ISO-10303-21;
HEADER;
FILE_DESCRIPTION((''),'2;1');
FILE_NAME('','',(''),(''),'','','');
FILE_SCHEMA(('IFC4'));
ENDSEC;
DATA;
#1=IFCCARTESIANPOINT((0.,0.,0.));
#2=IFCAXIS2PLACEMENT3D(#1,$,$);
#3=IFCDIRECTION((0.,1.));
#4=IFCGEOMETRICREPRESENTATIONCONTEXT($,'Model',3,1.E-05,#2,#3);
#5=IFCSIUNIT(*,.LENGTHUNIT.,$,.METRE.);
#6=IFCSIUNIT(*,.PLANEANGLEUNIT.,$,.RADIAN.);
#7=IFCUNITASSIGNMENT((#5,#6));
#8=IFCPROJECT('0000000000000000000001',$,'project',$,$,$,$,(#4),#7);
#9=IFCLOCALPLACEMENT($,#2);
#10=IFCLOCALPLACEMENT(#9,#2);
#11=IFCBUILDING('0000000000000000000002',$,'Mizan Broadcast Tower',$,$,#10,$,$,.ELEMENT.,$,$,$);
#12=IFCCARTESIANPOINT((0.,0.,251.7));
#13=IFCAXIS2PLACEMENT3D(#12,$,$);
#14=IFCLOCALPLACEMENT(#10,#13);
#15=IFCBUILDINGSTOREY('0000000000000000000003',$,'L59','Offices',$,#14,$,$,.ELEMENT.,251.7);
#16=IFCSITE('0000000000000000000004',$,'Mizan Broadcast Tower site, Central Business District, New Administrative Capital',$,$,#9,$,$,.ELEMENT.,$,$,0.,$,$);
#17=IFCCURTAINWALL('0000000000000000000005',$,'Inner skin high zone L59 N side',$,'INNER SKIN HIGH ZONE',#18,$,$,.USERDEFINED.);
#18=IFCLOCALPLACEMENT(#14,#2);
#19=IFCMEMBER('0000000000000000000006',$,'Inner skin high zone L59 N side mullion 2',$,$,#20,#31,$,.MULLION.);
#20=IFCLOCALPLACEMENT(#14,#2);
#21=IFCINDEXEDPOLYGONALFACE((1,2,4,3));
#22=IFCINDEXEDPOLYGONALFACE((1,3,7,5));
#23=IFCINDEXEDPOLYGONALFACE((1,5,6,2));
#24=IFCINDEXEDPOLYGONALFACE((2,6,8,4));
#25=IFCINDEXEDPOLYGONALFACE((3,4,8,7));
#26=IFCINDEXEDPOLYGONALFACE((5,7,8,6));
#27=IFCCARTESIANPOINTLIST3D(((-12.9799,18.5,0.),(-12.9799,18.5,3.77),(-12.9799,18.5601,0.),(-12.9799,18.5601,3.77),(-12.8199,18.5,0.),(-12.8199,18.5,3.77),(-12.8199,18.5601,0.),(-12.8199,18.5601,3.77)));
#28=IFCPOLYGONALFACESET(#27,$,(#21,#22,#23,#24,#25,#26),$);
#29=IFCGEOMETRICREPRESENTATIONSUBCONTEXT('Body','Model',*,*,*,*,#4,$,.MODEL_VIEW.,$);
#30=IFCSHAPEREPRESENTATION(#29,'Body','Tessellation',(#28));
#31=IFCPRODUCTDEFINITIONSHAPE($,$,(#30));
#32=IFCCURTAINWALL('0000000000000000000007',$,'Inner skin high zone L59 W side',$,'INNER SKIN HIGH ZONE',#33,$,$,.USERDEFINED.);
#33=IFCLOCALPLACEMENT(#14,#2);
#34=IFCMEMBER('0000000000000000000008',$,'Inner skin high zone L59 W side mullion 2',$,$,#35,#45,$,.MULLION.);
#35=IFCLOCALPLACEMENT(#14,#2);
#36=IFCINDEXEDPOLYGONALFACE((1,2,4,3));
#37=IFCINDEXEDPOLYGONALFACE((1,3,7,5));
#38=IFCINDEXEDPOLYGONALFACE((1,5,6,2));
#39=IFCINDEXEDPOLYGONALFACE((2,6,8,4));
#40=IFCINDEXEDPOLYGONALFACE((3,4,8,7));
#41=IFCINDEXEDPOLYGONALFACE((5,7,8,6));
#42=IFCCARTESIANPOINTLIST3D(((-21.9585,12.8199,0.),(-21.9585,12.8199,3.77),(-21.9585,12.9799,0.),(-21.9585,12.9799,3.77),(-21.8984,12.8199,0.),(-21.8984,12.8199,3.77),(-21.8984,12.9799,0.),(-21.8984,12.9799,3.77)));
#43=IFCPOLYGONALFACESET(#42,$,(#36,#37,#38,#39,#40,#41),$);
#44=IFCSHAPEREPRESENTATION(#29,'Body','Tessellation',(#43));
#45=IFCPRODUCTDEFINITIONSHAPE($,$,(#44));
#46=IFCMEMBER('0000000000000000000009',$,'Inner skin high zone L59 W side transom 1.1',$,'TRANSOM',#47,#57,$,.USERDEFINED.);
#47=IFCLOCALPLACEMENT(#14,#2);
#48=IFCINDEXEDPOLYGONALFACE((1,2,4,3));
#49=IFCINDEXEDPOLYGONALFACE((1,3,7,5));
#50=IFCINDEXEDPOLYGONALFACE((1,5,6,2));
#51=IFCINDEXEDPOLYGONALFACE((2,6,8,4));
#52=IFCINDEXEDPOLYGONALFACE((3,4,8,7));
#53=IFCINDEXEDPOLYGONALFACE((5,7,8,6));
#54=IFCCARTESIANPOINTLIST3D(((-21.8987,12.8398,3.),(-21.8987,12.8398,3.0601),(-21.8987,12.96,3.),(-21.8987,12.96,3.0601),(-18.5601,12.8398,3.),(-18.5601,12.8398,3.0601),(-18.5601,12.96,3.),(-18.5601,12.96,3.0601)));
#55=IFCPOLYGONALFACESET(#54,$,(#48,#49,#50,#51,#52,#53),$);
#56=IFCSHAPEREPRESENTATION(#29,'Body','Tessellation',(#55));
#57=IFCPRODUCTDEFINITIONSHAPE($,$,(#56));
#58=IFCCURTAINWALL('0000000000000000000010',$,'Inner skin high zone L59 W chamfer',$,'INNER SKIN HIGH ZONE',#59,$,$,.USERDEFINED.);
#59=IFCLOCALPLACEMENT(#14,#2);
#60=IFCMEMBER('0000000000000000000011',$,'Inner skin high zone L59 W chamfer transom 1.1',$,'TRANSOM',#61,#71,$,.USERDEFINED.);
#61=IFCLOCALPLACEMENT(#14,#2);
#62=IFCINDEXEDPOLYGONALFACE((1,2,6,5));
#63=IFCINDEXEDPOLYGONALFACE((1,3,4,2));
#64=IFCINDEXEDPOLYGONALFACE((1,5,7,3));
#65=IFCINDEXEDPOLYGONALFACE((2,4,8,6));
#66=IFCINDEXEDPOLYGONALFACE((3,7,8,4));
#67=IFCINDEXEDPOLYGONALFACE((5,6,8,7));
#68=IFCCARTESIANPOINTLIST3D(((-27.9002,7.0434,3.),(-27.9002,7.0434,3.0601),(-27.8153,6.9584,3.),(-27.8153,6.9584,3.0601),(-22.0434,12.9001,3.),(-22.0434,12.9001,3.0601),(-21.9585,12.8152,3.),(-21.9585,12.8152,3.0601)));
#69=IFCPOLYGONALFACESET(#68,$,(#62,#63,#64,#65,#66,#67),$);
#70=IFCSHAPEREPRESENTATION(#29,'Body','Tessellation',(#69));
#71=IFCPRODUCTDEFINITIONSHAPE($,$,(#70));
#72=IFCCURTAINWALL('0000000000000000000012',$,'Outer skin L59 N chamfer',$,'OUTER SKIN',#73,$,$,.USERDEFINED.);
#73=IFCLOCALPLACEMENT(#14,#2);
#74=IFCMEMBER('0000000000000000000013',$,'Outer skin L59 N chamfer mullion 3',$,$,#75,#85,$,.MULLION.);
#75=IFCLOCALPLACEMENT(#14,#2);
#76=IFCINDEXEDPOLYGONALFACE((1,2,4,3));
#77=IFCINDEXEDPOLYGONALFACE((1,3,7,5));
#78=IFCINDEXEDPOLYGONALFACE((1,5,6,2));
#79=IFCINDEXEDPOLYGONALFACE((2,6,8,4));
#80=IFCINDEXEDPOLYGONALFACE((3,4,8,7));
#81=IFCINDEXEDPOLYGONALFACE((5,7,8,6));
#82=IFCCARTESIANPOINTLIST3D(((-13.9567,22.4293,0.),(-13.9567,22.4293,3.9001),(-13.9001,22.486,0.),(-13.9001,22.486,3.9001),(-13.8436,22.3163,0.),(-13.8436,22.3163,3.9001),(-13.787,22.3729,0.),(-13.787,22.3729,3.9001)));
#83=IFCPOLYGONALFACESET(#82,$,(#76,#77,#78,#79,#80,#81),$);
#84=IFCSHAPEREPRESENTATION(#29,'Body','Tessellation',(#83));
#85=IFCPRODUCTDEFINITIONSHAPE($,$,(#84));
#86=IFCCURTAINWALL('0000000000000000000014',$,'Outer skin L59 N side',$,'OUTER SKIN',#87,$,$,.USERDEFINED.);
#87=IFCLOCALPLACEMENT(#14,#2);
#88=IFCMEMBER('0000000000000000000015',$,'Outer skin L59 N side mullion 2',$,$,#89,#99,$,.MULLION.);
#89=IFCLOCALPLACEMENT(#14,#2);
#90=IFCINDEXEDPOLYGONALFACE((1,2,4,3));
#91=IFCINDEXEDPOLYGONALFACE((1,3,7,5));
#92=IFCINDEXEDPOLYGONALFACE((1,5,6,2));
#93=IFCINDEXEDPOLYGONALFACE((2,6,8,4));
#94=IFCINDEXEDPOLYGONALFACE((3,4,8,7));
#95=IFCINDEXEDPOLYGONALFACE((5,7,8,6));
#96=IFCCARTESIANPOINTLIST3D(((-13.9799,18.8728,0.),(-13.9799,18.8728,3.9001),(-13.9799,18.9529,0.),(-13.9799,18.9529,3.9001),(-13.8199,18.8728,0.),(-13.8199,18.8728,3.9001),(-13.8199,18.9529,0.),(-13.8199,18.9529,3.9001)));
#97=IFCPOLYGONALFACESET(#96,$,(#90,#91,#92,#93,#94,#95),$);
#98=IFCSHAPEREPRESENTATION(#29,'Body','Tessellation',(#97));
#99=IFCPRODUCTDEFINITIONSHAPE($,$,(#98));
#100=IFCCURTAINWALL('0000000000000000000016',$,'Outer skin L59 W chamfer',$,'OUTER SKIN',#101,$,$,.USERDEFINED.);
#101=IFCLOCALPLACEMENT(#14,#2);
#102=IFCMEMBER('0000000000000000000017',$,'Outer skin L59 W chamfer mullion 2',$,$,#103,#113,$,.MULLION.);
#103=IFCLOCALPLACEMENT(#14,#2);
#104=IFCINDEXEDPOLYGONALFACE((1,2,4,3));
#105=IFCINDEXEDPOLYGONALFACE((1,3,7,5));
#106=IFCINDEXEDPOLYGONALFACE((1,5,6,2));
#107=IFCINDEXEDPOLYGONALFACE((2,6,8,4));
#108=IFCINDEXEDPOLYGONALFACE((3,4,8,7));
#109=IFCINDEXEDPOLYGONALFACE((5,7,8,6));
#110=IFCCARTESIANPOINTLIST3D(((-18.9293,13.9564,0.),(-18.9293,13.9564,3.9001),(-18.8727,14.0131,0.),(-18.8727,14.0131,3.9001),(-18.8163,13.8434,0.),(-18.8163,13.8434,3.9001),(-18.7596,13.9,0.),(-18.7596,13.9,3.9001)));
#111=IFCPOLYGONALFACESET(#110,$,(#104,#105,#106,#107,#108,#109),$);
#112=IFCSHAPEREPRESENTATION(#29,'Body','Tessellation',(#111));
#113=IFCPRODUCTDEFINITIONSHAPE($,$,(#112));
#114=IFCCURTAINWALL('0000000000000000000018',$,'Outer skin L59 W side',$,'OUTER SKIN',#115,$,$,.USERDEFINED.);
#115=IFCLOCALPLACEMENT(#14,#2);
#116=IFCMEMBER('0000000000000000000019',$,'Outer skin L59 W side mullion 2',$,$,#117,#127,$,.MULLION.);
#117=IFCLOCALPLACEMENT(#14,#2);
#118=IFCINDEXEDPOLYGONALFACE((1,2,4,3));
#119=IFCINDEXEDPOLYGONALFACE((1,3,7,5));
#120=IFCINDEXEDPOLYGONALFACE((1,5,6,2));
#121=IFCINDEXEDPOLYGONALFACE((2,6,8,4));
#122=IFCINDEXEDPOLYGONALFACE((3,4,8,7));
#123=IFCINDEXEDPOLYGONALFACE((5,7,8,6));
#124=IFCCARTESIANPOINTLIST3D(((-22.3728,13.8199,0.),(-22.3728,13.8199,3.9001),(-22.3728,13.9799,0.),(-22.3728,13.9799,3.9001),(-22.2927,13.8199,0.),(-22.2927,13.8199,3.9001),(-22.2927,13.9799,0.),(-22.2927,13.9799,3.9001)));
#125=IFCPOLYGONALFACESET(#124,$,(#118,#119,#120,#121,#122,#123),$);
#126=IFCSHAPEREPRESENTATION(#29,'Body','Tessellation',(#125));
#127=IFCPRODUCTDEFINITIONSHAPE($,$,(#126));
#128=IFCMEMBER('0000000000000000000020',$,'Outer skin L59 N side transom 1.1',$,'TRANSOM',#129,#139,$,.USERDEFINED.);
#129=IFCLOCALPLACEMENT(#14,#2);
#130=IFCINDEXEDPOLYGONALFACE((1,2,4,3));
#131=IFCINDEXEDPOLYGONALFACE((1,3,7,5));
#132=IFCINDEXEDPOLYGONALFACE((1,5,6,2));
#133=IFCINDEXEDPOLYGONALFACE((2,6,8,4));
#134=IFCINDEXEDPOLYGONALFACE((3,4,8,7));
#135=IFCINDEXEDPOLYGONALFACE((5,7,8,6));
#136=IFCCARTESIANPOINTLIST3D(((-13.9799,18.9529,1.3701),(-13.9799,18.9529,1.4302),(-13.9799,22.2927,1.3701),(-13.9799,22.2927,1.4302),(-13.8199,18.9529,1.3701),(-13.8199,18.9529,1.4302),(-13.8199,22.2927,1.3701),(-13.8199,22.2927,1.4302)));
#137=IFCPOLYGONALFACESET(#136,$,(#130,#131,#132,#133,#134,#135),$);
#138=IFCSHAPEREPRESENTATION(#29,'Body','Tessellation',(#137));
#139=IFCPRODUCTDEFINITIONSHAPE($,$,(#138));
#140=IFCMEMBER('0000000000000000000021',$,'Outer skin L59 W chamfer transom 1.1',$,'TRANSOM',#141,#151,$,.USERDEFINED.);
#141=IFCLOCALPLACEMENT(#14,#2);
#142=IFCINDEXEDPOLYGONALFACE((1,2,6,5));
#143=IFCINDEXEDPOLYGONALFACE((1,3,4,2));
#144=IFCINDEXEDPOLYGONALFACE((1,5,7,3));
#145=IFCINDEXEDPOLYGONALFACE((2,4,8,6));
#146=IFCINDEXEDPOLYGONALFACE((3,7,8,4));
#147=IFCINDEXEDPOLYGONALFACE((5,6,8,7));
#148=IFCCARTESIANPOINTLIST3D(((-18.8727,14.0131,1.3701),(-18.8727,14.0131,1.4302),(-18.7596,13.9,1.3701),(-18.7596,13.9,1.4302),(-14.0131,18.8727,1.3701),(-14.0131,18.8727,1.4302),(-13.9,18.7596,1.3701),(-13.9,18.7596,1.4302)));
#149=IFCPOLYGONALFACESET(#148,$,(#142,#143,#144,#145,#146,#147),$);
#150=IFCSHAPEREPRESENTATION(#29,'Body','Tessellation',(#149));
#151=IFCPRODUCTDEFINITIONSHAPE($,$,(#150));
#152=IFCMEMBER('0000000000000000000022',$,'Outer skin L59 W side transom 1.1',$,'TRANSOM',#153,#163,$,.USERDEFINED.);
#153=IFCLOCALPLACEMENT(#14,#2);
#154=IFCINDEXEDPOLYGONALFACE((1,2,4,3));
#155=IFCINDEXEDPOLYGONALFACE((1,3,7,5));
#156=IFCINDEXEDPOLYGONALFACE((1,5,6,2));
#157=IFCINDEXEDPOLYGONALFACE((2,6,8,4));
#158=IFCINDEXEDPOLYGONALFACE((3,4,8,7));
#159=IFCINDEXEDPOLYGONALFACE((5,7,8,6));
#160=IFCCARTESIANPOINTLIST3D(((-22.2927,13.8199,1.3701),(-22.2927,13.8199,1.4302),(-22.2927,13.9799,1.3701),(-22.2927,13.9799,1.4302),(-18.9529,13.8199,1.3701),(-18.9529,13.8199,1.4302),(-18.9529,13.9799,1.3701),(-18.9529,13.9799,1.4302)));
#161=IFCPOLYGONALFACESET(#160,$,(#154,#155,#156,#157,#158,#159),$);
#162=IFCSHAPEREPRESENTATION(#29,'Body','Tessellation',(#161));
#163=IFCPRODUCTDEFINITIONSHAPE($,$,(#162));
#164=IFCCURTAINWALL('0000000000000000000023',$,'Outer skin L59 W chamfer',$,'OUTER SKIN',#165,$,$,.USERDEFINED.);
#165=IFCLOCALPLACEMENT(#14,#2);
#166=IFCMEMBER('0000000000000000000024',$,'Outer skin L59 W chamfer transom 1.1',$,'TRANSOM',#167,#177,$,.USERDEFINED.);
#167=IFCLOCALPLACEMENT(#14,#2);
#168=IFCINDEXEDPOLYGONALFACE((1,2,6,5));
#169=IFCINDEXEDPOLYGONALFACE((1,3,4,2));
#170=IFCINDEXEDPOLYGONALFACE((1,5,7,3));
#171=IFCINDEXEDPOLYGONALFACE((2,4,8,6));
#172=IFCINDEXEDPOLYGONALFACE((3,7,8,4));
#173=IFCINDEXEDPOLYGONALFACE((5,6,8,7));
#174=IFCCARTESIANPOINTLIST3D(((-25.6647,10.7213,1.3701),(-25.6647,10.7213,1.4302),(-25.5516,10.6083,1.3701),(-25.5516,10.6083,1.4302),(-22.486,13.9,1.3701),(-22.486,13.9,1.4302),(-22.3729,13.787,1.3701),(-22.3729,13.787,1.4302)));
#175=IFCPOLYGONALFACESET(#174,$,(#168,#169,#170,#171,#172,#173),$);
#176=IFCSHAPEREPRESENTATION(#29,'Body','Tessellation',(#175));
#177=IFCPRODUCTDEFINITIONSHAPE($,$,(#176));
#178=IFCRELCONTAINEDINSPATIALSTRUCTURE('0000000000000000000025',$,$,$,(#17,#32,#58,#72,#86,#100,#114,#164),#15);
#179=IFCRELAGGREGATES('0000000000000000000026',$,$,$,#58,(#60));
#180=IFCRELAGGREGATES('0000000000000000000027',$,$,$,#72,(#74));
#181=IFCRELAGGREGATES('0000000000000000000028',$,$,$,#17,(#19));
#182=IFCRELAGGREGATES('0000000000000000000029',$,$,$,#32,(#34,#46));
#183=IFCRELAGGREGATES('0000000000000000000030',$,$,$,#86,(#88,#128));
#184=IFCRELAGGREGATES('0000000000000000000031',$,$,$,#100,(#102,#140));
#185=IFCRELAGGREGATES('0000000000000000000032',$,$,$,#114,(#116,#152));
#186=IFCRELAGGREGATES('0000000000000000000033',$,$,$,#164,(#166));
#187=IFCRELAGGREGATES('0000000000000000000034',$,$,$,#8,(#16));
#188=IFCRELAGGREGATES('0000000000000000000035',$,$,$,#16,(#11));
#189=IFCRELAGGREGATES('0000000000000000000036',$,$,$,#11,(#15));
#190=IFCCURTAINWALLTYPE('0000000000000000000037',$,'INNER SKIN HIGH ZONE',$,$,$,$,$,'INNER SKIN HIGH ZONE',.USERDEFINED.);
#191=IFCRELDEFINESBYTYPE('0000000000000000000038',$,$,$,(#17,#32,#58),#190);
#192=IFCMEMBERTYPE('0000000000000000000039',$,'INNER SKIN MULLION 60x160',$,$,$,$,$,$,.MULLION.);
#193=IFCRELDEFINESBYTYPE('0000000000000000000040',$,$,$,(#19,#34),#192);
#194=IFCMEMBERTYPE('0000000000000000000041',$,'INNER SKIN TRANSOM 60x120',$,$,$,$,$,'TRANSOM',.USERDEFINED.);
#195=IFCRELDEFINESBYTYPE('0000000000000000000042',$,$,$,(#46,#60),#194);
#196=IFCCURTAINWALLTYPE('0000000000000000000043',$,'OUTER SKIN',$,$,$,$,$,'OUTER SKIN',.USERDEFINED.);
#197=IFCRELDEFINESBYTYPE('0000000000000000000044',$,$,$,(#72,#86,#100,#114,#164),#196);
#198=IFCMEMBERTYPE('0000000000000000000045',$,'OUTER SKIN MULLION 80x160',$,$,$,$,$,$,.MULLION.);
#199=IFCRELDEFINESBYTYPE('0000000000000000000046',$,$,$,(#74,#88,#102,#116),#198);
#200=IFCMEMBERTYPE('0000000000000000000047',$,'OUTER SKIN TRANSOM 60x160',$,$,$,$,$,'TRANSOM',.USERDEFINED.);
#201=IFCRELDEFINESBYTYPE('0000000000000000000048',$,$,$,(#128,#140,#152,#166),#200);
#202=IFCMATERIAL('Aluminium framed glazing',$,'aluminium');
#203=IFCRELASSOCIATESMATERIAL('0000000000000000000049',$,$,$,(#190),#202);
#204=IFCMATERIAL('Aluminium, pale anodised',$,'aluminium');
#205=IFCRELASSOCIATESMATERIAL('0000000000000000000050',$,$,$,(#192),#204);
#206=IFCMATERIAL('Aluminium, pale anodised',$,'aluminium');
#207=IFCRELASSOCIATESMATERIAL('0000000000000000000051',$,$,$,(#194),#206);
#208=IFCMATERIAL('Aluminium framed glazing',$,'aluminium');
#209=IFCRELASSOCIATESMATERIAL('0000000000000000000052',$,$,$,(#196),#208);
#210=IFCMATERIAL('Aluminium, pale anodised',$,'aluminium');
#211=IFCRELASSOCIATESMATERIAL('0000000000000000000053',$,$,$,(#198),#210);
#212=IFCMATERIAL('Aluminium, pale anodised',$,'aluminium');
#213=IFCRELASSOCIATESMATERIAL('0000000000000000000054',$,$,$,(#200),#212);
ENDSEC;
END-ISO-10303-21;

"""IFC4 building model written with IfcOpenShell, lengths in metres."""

from ifc_helpers import new_model, si_unit, direction, frame, origin, origin_2d, place, context, subcontext, project, spatial, rectangle, extrude, material, material_profile, profile_set, type_object, element, aggregate, save


model = new_model("IFC4")

# Units and contexts
model_context = context("Model", 3, precision=1e-05, world=origin(), true_north=direction((0.0, 1.0)))
body_context = subcontext(model_context, "Body", "Model", "MODEL_VIEW")
ifc_project = project(units=[si_unit("LENGTHUNIT", "METRE"), si_unit("PLANEANGLEUNIT", "RADIAN")], contexts=[model_context])

# Site, building, storey
site_placement = place(None, origin())
site = spatial("IfcSite", under=ifc_project, at=site_placement, Name="Mizan Broadcast Tower site, Central Business District, New Administrative Capital", CompositionType="ELEMENT", RefElevation=0.0)
building_placement = place(site_placement, origin())
building = spatial("IfcBuilding", under=site, at=building_placement, Name="Mizan Broadcast Tower", CompositionType="ELEMENT")
storey_placement = place(building_placement, frame((0.0, 0.0, 251.7)))
storey = spatial("IfcBuildingStorey", under=building, at=storey_placement, Name="L59", Description="Offices", CompositionType="ELEMENT", Elevation=251.7)

# Curtain wall, member
ifc_material_1 = material(Name="Aluminium framed glazing", Category="aluminium")
curtain_wall_type_1 = type_object("IfcCurtainWallType", Name="INNER SKIN HIGH ZONE", ElementType="INNER SKIN HIGH ZONE", PredefinedType="USERDEFINED", material=ifc_material_1)
curtain_wall_1_placement = place(storey_placement, origin())
curtain_wall_1 = element("IfcCurtainWall", 1, at=curtain_wall_1_placement, inside=storey, type_object=curtain_wall_type_1, Name="Inner skin high zone L59 N side", ObjectType="INNER SKIN HIGH ZONE", PredefinedType="USERDEFINED")
ifc_material_2 = material(Name="Aluminium, pale anodised", Category="aluminium")
ifc_material_profile_1 = material_profile(ifc_material_2, rectangle(XDim=0.1599, YDim=0.0601, at=origin_2d()), Name="MULLION 160x60")
ifc_profile_set_1 = profile_set([ifc_material_profile_1], Name="Aluminium, pale anodised")
member_type_1 = type_object("IfcMemberType", Name="INNER SKIN MULLION 60x160", PredefinedType="MULLION", material=ifc_profile_set_1)
member_1_placement = place(storey_placement, frame((-12.8999, 18.53, 0.0), z_axis=(0.0, 0.0, 1.0), x_axis=(1.0, 0.0, 0.0)))
member_1 = element("IfcMember", 2, at=member_1_placement, type_object=member_type_1, Name="Inner skin high zone L59 N side mullion 2", PredefinedType="MULLION", context=body_context, shape_type="SweptSolid", body=[
    extrude(rectangle(XDim=0.1599, YDim=0.0601, at=origin_2d()), origin(), (0.0, 0.0, 1.0), 3.77),
])

# Curtain wall, members
curtain_wall_2_placement = place(storey_placement, origin())
curtain_wall_2 = element("IfcCurtainWall", 3, at=curtain_wall_2_placement, inside=storey, type_object=curtain_wall_type_1, Name="Inner skin high zone L59 W side", ObjectType="INNER SKIN HIGH ZONE", PredefinedType="USERDEFINED")
member_2_placement = place(storey_placement, frame((-21.9285, 12.8999, 0.0), z_axis=(0.0, 0.0, 1.0), x_axis=(0.0, -1.0, 0.0)))
member_2 = element("IfcMember", 4, at=member_2_placement, type_object=member_type_1, Name="Inner skin high zone L59 W side mullion 2", PredefinedType="MULLION", context=body_context, shape_type="SweptSolid", body=[
    extrude(rectangle(XDim=0.1599, YDim=0.0601, at=origin_2d()), origin(), (0.0, 0.0, 1.0), 3.77),
])
ifc_material_3 = material(Name="Aluminium, pale anodised", Category="aluminium")
ifc_material_profile_2 = material_profile(ifc_material_3, rectangle(XDim=0.1201, YDim=0.0601, at=origin_2d()), Name="TRANSOM 120x60")
ifc_profile_set_2 = profile_set([ifc_material_profile_2], Name="Aluminium, pale anodised")
member_type_2 = type_object("IfcMemberType", Name="INNER SKIN TRANSOM 60x120", ElementType="TRANSOM", PredefinedType="USERDEFINED", material=ifc_profile_set_2)
member_3_placement = place(storey_placement, frame((-18.5601, 12.8999, 3.03), z_axis=(-1.0, 0.0, 0.0), x_axis=(0.0, -1.0, 0.0)))
member_3 = element("IfcMember", 5, at=member_3_placement, type_object=member_type_2, Name="Inner skin high zone L59 W side transom 1.1", ObjectType="TRANSOM", PredefinedType="USERDEFINED", context=body_context, shape_type="SweptSolid", body=[
    extrude(rectangle(XDim=0.1201, YDim=0.0601, at=origin_2d()), origin(), (0.0, 0.0, 1.0), 3.3386),
])

# Curtain walls, members
curtain_wall_3_placement = place(storey_placement, origin())
curtain_wall_3 = element("IfcCurtainWall", 6, at=curtain_wall_3_placement, inside=storey, type_object=curtain_wall_type_1, Name="Inner skin high zone L59 W chamfer", ObjectType="INNER SKIN HIGH ZONE", PredefinedType="USERDEFINED")
member_4_placement = place(storey_placement, frame((-22.001, 12.8577, 3.03), z_axis=(-0.707107, -0.707107, 0.0), x_axis=(0.707107, -0.707107, 0.0)))
member_4 = element("IfcMember", 7, at=member_4_placement, type_object=member_type_2, Name="Inner skin high zone L59 W chamfer transom 1.1", ObjectType="TRANSOM", PredefinedType="USERDEFINED", context=body_context, shape_type="SweptSolid", body=[
    extrude(rectangle(XDim=0.1201, YDim=0.0601, at=origin_2d()), origin(), (0.0, 0.0, 1.0), 8.2827),
])
aggregate(curtain_wall_3, [member_4])
ifc_material_4 = material(Name="Aluminium framed glazing", Category="aluminium")
curtain_wall_type_2 = type_object("IfcCurtainWallType", Name="OUTER SKIN", ElementType="OUTER SKIN", PredefinedType="USERDEFINED", material=ifc_material_4)
curtain_wall_4_placement = place(storey_placement, origin())
curtain_wall_4 = element("IfcCurtainWall", 8, at=curtain_wall_4_placement, inside=storey, type_object=curtain_wall_type_2, Name="Outer skin L59 N chamfer", ObjectType="OUTER SKIN", PredefinedType="USERDEFINED")
ifc_material_5 = material(Name="Aluminium, pale anodised", Category="aluminium")
ifc_material_profile_3 = material_profile(ifc_material_5, rectangle(XDim=0.1599, YDim=0.0801, at=origin_2d()), Name="MULLION 160x80")
ifc_profile_set_3 = profile_set([ifc_material_profile_3], Name="Aluminium, pale anodised")
member_type_3 = type_object("IfcMemberType", Name="OUTER SKIN MULLION 80x160", PredefinedType="MULLION", material=ifc_profile_set_3)
member_5_placement = place(storey_placement, frame((-13.8718, 22.4011, 0.0), z_axis=(0.0, 0.0, 1.0), x_axis=(0.707107, -0.707107, 0.0)))
member_5 = element("IfcMember", 9, at=member_5_placement, type_object=member_type_3, Name="Outer skin L59 N chamfer mullion 3", PredefinedType="MULLION", context=body_context, shape_type="SweptSolid", body=[
    extrude(rectangle(XDim=0.1599, YDim=0.0801, at=origin_2d()), origin(), (0.0, 0.0, 1.0), 3.9001),
])
aggregate(curtain_wall_4, [member_5])
curtain_wall_5_placement = place(storey_placement, origin())
curtain_wall_5 = element("IfcCurtainWall", 10, at=curtain_wall_5_placement, inside=storey, type_object=curtain_wall_type_2, Name="Outer skin L59 N side", ObjectType="OUTER SKIN", PredefinedType="USERDEFINED")
member_6_placement = place(storey_placement, frame((-13.8999, 18.9128, 0.0), z_axis=(0.0, 0.0, 1.0), x_axis=(1.0, 0.0, 0.0)))
member_6 = element("IfcMember", 11, at=member_6_placement, type_object=member_type_3, Name="Outer skin L59 N side mullion 2", PredefinedType="MULLION", context=body_context, shape_type="SweptSolid", body=[
    extrude(rectangle(XDim=0.1599, YDim=0.0801, at=origin_2d()), origin(), (0.0, 0.0, 1.0), 3.9001),
])
curtain_wall_6_placement = place(storey_placement, origin())
curtain_wall_6 = element("IfcCurtainWall", 12, at=curtain_wall_6_placement, inside=storey, type_object=curtain_wall_type_2, Name="Outer skin L59 W chamfer", ObjectType="OUTER SKIN", PredefinedType="USERDEFINED")
member_7_placement = place(storey_placement, frame((-18.8445, 13.9282, 0.0), z_axis=(0.0, 0.0, 1.0), x_axis=(0.707107, -0.707107, 0.0)))
member_7 = element("IfcMember", 13, at=member_7_placement, type_object=member_type_3, Name="Outer skin L59 W chamfer mullion 2", PredefinedType="MULLION", context=body_context, shape_type="SweptSolid", body=[
    extrude(rectangle(XDim=0.1599, YDim=0.0801, at=origin_2d()), origin(), (0.0, 0.0, 1.0), 3.9001),
])
curtain_wall_7_placement = place(storey_placement, origin())
curtain_wall_7 = element("IfcCurtainWall", 14, at=curtain_wall_7_placement, inside=storey, type_object=curtain_wall_type_2, Name="Outer skin L59 W side", ObjectType="OUTER SKIN", PredefinedType="USERDEFINED")
member_8_placement = place(storey_placement, frame((-22.3328, 13.8999, 0.0), z_axis=(0.0, 0.0, 1.0), x_axis=(0.0, -1.0, 0.0)))
member_8 = element("IfcMember", 15, at=member_8_placement, type_object=member_type_3, Name="Outer skin L59 W side mullion 2", PredefinedType="MULLION", context=body_context, shape_type="SweptSolid", body=[
    extrude(rectangle(XDim=0.1599, YDim=0.0801, at=origin_2d()), origin(), (0.0, 0.0, 1.0), 3.9001),
])

# Members
ifc_material_6 = material(Name="Aluminium, pale anodised", Category="aluminium")
ifc_material_profile_4 = material_profile(ifc_material_6, rectangle(XDim=0.1599, YDim=0.0601, at=origin_2d()), Name="TRANSOM 160x60")
ifc_profile_set_4 = profile_set([ifc_material_profile_4], Name="Aluminium, pale anodised")
member_type_4 = type_object("IfcMemberType", Name="OUTER SKIN TRANSOM 60x160", ElementType="TRANSOM", PredefinedType="USERDEFINED", material=ifc_profile_set_4)
member_9_placement = place(storey_placement, frame((-13.8999, 22.2927, 1.4001), z_axis=(0.0, -1.0, 0.0), x_axis=(1.0, 0.0, 0.0)))
member_9 = element("IfcMember", 16, at=member_9_placement, type_object=member_type_4, Name="Outer skin L59 N side transom 1.1", ObjectType="TRANSOM", PredefinedType="USERDEFINED", context=body_context, shape_type="SweptSolid", body=[
    extrude(rectangle(XDim=0.1599, YDim=0.0601, at=origin_2d()), origin(), (0.0, 0.0, 1.0), 3.3398),
])
member_10_placement = place(storey_placement, frame((-13.9565, 18.8162, 1.4001), z_axis=(-0.707107, -0.707107, 0.0), x_axis=(0.707107, -0.707107, 0.0)))
member_10 = element("IfcMember", 17, at=member_10_placement, type_object=member_type_4, Name="Outer skin L59 W chamfer transom 1.1", ObjectType="TRANSOM", PredefinedType="USERDEFINED", context=body_context, shape_type="SweptSolid", body=[
    extrude(rectangle(XDim=0.1599, YDim=0.0601, at=origin_2d()), origin(), (0.0, 0.0, 1.0), 6.8726),
])
member_11_placement = place(storey_placement, frame((-18.9529, 13.8999, 1.4001), z_axis=(-1.0, 0.0, 0.0), x_axis=(0.0, -1.0, 0.0)))
member_11 = element("IfcMember", 18, at=member_11_placement, type_object=member_type_4, Name="Outer skin L59 W side transom 1.1", ObjectType="TRANSOM", PredefinedType="USERDEFINED", context=body_context, shape_type="SweptSolid", body=[
    extrude(rectangle(XDim=0.1599, YDim=0.0601, at=origin_2d()), origin(), (0.0, 0.0, 1.0), 3.3398),
])

# Curtain wall, member
curtain_wall_8_placement = place(storey_placement, origin())
curtain_wall_8 = element("IfcCurtainWall", 19, at=curtain_wall_8_placement, inside=storey, type_object=curtain_wall_type_2, Name="Outer skin L59 W chamfer", ObjectType="OUTER SKIN", PredefinedType="USERDEFINED")
member_12_placement = place(storey_placement, frame((-22.4294, 13.8435, 1.4001), z_axis=(-0.707107, -0.707107, 0.0), x_axis=(0.707107, -0.707107, 0.0)))
member_12 = element("IfcMember", 20, at=member_12_placement, type_object=member_type_4, Name="Outer skin L59 W chamfer transom 1.1", ObjectType="TRANSOM", PredefinedType="USERDEFINED", context=body_context, shape_type="SweptSolid", body=[
    extrude(rectangle(XDim=0.1599, YDim=0.0601, at=origin_2d()), origin(), (0.0, 0.0, 1.0), 4.4954),
])

aggregate(curtain_wall_1, [member_1])
aggregate(curtain_wall_2, [member_2, member_3])
aggregate(curtain_wall_5, [member_6, member_9])
aggregate(curtain_wall_6, [member_7, member_10])
aggregate(curtain_wall_7, [member_8, member_11])
aggregate(curtain_wall_8, [member_12])

save(model, "model.ifc")
